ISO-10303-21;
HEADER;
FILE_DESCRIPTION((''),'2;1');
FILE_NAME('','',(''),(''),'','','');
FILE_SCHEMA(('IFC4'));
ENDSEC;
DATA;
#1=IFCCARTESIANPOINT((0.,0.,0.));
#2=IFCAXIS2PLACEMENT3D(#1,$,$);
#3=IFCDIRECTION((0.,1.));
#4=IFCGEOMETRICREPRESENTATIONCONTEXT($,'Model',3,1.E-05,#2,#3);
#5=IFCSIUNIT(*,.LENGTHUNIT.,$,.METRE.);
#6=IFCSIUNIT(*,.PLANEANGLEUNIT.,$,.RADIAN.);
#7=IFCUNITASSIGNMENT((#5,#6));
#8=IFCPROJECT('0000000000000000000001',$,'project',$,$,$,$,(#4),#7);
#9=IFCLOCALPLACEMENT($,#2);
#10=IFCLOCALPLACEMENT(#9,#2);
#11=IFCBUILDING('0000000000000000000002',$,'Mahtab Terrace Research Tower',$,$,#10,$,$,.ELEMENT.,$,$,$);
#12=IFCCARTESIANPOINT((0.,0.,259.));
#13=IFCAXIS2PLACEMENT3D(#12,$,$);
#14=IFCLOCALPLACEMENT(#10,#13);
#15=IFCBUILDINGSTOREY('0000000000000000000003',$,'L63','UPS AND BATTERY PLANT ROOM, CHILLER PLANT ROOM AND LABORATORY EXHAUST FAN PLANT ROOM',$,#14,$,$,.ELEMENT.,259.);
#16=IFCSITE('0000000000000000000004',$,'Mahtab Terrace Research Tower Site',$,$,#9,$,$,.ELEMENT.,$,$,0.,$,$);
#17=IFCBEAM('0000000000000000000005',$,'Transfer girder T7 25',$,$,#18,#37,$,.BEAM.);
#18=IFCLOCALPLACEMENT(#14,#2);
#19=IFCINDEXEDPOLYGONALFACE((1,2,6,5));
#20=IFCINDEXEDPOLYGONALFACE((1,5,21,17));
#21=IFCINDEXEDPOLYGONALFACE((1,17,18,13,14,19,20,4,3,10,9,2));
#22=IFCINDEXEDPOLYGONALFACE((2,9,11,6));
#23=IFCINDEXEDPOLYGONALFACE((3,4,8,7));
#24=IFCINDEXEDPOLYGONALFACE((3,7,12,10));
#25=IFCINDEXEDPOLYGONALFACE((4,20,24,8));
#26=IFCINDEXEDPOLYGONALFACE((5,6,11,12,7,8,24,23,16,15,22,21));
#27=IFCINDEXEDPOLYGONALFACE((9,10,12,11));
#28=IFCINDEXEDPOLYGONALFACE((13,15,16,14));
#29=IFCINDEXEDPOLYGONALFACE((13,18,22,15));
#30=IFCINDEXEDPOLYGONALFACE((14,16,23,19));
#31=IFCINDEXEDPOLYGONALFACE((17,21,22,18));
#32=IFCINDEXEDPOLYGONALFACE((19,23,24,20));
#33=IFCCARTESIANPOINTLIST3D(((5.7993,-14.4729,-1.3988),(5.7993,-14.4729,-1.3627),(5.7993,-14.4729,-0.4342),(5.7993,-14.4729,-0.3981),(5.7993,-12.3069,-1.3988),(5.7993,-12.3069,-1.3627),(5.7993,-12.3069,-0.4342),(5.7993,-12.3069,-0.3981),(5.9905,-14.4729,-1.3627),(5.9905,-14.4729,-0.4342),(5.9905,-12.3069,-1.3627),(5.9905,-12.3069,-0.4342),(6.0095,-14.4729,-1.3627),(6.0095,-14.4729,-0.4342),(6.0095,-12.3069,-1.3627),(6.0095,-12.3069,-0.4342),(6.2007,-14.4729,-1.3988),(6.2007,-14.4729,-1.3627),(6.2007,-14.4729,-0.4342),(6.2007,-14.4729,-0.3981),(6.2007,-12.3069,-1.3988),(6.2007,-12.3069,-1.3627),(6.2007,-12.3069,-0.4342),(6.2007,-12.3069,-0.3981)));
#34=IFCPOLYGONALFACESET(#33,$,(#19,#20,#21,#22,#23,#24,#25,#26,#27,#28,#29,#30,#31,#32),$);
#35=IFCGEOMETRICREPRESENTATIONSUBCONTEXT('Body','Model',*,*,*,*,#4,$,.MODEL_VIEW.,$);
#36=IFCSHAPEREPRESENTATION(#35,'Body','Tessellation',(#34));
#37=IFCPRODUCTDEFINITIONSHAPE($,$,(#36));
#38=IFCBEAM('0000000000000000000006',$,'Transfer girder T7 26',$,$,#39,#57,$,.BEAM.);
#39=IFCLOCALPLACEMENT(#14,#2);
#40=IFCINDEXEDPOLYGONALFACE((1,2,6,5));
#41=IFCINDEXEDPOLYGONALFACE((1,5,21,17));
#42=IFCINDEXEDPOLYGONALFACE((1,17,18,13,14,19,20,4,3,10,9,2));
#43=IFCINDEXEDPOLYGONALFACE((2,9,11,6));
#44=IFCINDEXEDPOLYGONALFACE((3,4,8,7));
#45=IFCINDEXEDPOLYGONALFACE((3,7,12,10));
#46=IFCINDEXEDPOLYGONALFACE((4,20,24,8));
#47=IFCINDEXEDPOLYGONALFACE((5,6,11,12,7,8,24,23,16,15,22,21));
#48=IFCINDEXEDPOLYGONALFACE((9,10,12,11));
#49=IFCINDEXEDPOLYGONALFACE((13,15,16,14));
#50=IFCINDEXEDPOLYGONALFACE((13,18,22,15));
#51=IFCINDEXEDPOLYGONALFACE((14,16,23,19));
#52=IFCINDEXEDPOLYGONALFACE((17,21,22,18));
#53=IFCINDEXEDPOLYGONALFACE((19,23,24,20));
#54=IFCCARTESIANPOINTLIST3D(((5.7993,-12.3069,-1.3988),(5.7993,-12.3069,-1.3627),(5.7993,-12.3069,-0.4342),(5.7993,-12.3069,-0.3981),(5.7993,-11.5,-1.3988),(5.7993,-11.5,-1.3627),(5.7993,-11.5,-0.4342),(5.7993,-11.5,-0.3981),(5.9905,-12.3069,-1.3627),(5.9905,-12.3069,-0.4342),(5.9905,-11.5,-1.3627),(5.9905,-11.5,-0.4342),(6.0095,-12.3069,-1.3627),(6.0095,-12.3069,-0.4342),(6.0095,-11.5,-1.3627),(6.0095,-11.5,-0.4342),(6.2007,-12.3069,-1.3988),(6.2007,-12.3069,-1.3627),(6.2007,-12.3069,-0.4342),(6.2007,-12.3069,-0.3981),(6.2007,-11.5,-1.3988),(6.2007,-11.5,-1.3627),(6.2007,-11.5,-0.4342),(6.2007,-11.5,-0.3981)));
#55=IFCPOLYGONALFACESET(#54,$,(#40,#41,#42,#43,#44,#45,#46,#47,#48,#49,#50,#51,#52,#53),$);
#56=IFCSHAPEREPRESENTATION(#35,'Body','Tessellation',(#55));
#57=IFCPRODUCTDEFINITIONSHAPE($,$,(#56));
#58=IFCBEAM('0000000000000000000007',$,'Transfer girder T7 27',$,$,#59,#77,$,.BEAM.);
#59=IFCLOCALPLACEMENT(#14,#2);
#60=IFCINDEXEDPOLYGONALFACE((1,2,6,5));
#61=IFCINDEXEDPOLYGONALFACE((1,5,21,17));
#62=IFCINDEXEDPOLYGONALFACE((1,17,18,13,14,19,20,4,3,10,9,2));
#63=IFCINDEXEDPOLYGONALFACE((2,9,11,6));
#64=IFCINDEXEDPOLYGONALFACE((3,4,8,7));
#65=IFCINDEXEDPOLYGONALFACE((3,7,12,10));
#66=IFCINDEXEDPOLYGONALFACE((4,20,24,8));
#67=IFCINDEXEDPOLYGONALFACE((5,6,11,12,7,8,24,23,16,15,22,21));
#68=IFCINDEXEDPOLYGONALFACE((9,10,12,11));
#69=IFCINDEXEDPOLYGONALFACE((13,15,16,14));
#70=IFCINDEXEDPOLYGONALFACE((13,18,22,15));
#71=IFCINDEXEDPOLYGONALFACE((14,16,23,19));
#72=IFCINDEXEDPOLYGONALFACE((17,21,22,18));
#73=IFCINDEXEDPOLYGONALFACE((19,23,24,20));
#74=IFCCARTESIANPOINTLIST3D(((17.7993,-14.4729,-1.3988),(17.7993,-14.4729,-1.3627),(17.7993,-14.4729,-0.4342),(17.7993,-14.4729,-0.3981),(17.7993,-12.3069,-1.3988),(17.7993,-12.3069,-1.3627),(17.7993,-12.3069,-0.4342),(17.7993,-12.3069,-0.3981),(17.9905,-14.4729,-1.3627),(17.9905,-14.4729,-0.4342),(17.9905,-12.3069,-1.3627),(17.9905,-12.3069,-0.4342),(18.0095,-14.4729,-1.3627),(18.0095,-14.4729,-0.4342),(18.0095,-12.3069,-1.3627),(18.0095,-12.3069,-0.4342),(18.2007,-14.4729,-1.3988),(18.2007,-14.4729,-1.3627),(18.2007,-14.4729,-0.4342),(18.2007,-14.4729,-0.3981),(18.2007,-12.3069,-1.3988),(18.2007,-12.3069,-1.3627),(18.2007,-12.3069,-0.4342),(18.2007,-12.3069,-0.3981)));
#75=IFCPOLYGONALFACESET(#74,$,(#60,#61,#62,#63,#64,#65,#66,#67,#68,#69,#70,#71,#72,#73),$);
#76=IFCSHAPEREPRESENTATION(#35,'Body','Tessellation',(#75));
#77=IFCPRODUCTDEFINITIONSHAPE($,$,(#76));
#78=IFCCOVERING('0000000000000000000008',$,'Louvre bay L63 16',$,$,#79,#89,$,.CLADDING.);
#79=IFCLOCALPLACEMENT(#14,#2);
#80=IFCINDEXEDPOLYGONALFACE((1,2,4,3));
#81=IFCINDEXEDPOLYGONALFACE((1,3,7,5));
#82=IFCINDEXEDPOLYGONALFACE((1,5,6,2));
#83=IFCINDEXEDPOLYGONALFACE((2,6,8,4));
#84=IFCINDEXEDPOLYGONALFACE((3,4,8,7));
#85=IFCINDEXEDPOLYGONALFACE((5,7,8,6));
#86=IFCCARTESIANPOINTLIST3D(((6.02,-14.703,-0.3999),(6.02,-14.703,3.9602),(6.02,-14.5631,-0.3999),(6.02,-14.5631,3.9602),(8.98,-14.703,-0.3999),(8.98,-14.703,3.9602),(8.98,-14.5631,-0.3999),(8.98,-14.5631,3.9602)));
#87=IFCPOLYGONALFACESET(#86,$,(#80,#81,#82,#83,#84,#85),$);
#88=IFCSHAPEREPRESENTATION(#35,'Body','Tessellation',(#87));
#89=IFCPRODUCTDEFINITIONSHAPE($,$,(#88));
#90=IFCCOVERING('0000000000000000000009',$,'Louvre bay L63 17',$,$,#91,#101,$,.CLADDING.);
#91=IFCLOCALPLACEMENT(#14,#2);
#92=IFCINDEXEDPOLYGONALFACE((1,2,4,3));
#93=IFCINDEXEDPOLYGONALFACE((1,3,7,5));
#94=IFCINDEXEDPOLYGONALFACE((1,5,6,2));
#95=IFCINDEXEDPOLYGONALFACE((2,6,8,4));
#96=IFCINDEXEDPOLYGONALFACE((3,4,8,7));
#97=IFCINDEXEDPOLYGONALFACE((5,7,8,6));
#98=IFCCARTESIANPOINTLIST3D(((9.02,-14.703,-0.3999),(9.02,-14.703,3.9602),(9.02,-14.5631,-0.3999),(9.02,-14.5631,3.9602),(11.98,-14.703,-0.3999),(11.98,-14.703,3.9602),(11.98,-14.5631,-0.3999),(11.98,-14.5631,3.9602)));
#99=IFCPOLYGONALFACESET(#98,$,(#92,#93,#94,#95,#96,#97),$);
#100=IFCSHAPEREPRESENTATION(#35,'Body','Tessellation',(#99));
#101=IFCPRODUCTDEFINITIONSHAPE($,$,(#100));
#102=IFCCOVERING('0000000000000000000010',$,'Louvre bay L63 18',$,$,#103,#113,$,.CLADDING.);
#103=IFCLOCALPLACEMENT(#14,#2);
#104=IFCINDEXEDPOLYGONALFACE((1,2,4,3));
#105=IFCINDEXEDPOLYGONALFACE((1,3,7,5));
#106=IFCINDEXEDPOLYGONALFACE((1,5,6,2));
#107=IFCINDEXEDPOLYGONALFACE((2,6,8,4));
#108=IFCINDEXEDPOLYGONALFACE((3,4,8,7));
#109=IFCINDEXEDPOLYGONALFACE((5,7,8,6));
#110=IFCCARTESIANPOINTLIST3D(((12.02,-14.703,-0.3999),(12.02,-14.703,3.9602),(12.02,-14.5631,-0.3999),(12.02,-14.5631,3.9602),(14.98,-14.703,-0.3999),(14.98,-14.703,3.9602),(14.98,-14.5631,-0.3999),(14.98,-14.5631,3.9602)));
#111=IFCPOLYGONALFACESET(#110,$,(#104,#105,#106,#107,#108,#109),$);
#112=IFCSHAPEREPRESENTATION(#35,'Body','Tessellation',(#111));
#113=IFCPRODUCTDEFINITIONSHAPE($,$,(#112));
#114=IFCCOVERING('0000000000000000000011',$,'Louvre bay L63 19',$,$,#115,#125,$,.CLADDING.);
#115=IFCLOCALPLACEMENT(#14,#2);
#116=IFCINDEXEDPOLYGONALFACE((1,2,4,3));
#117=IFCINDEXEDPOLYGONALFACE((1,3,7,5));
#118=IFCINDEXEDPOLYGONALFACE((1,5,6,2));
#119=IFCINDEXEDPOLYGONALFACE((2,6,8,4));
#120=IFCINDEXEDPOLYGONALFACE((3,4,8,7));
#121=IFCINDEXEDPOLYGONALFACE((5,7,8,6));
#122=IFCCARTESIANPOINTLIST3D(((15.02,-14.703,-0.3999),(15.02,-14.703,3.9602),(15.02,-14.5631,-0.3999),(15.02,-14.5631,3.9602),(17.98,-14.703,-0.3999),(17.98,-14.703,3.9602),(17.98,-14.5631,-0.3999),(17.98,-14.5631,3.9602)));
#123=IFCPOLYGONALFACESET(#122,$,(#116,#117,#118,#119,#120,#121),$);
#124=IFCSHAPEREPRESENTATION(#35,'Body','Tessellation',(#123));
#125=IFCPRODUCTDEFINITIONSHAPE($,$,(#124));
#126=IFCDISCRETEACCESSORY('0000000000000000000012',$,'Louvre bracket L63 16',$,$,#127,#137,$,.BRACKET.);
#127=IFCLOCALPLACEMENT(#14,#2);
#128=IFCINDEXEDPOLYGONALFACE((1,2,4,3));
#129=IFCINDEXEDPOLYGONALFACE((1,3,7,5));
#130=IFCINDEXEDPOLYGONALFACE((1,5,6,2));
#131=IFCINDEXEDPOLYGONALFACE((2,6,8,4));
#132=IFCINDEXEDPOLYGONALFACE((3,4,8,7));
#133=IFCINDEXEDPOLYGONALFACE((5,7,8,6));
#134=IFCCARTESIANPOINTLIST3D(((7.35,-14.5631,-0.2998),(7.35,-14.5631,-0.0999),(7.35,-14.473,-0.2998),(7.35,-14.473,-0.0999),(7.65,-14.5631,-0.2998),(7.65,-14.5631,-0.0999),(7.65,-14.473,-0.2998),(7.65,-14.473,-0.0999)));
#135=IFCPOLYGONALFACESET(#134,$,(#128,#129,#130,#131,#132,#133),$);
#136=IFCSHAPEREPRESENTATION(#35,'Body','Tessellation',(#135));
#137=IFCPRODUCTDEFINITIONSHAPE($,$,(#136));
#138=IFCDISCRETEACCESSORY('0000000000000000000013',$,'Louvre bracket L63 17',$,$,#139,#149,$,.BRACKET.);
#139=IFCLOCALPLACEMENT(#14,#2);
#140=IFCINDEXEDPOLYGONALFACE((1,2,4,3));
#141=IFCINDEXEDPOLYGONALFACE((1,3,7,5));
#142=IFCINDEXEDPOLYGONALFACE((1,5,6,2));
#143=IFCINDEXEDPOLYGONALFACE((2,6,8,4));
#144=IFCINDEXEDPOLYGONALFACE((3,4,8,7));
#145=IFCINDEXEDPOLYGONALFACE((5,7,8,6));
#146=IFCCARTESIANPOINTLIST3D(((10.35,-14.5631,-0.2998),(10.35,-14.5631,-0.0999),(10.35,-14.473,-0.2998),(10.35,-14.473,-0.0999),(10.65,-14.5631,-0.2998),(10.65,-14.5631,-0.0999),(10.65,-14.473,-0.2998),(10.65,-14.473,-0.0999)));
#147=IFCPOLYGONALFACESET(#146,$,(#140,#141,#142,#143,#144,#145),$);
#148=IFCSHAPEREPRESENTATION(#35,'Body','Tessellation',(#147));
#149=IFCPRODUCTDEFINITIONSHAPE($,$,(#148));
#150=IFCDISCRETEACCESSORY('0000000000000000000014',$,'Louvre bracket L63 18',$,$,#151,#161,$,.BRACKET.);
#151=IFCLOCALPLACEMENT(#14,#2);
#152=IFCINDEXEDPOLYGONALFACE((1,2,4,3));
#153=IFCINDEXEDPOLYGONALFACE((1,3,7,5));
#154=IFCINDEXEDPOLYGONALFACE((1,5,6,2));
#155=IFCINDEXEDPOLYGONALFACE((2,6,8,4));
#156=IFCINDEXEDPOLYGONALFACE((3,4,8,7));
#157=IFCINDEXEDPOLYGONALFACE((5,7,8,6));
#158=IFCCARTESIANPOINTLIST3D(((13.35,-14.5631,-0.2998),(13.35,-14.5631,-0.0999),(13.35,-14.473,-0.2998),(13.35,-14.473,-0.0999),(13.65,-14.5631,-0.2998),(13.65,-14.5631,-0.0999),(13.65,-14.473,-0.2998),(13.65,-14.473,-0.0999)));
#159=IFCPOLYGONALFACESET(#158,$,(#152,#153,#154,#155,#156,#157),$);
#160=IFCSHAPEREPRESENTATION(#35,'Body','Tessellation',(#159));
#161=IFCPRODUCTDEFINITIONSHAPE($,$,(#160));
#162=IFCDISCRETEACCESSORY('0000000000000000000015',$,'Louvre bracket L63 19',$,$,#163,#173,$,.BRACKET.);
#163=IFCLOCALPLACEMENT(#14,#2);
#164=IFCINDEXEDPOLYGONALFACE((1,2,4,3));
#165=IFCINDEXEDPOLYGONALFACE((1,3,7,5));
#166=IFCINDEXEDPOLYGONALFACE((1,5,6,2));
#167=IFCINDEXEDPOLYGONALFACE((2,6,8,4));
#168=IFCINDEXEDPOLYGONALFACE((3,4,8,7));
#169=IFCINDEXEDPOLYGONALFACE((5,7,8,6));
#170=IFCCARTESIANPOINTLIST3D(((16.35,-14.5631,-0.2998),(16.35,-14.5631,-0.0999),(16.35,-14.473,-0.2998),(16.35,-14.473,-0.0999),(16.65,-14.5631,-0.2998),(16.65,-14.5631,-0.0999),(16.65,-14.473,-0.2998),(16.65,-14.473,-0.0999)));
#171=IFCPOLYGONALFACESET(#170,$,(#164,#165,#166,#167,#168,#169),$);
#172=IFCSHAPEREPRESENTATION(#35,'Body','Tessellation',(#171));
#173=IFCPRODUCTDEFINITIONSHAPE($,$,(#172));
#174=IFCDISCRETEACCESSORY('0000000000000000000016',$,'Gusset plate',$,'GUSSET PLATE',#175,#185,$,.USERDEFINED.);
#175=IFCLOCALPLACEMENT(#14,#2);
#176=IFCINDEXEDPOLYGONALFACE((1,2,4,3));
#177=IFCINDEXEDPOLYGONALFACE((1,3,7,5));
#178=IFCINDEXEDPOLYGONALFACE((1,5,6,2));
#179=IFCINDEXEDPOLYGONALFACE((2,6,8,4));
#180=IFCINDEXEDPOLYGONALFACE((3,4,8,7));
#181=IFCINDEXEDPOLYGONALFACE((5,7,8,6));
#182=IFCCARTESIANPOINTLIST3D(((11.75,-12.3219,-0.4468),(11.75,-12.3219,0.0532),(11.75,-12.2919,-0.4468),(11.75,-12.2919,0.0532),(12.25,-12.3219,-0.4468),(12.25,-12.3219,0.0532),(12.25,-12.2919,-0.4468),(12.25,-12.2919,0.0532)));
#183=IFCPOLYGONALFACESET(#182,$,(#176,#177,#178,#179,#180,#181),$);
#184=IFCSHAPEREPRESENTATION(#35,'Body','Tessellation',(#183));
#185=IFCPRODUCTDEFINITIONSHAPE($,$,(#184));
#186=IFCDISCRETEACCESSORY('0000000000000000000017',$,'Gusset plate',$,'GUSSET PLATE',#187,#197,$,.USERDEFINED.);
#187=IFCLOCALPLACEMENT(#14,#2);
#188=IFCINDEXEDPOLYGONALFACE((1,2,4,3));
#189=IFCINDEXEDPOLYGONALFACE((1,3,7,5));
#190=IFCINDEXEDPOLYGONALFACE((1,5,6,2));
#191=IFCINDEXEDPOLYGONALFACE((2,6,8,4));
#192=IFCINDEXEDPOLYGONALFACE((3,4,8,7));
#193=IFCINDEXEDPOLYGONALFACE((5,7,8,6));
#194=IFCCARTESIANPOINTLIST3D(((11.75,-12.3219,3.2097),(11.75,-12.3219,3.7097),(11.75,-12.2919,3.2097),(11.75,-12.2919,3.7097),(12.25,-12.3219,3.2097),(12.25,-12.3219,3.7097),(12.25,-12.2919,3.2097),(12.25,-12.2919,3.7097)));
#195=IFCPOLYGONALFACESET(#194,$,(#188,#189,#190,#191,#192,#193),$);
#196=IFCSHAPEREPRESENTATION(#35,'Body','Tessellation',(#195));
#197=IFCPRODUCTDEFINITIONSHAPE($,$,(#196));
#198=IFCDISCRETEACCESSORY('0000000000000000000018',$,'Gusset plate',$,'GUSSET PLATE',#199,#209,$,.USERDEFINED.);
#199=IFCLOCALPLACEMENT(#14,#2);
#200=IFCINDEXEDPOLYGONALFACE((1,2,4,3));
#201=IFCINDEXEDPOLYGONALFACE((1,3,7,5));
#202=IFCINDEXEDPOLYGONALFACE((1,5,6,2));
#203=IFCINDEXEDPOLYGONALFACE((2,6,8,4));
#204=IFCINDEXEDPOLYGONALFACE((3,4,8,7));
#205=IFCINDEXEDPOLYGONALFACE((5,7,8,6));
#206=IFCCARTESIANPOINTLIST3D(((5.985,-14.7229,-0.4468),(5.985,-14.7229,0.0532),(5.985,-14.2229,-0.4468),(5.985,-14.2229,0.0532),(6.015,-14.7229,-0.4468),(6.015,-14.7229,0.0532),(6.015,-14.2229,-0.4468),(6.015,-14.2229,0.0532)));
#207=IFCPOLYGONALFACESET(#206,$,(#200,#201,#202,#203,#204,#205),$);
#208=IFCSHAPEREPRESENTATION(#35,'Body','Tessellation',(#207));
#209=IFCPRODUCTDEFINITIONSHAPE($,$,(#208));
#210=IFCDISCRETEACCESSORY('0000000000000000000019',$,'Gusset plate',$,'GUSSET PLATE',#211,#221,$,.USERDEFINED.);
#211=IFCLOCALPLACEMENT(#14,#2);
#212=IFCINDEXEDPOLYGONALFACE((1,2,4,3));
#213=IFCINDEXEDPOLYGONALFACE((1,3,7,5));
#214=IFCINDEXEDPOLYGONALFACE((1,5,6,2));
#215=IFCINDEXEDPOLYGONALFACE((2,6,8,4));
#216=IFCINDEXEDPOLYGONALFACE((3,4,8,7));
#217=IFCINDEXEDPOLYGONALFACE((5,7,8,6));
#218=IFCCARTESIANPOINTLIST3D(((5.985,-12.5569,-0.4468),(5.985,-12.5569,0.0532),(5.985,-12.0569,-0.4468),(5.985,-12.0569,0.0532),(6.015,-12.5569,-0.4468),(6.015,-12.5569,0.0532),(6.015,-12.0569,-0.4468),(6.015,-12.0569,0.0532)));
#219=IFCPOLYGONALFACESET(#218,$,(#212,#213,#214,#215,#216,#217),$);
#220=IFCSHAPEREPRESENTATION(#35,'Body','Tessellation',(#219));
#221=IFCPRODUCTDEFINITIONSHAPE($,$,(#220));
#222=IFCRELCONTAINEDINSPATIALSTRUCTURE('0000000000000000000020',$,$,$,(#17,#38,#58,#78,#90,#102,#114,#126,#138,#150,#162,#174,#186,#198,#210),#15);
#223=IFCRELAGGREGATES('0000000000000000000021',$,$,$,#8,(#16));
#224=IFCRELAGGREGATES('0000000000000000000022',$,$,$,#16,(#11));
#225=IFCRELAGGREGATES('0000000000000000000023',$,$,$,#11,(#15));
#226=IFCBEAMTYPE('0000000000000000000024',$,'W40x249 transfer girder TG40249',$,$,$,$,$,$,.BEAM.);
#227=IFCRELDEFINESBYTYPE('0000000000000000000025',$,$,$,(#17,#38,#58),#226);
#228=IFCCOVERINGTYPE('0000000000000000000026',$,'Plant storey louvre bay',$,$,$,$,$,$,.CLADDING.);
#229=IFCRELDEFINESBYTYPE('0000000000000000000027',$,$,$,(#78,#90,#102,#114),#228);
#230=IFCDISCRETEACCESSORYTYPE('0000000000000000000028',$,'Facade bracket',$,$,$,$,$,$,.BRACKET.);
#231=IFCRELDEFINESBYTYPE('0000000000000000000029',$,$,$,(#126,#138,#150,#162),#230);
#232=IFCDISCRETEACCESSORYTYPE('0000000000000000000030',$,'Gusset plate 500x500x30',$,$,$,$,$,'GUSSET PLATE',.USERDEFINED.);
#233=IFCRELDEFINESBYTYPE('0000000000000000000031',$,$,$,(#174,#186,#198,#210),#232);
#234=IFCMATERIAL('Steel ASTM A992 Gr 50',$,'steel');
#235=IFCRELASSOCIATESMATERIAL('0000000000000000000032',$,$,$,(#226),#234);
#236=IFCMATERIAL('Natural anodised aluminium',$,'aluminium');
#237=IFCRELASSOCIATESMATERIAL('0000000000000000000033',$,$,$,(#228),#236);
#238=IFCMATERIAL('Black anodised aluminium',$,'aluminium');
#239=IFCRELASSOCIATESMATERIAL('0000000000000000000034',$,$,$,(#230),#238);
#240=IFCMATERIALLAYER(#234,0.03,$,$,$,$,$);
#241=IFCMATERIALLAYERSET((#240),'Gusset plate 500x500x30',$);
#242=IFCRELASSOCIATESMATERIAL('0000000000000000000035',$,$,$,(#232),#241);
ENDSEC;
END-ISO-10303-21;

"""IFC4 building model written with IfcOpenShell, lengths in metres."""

from ifc_helpers import new_model, si_unit, direction, frame, origin, origin_2d, place, context, subcontext, project, spatial, rectangle, i_section, extrude, material, layer, layer_set, material_profile, profile_set, type_object, element, save


model = new_model("IFC4")

# Units and contexts
model_context = context("Model", 3, precision=1e-05, world=origin(), true_north=direction((0.0, 1.0)))
body_context = subcontext(model_context, "Body", "Model", "MODEL_VIEW")
ifc_project = project(units=[si_unit("LENGTHUNIT", "METRE"), si_unit("PLANEANGLEUNIT", "RADIAN")], contexts=[model_context])

# Site, building, storey
site_placement = place(None, origin())
site = spatial("IfcSite", under=ifc_project, at=site_placement, Name="Mahtab Terrace Research Tower Site", CompositionType="ELEMENT", RefElevation=0.0)
building_placement = place(site_placement, origin())
building = spatial("IfcBuilding", under=site, at=building_placement, Name="Mahtab Terrace Research Tower", CompositionType="ELEMENT")
storey_placement = place(building_placement, frame((0.0, 0.0, 259.0)))
storey = spatial("IfcBuildingStorey", under=building, at=storey_placement, Name="L63", Description="UPS AND BATTERY PLANT ROOM, CHILLER PLANT ROOM AND LABORATORY EXHAUST FAN PLANT ROOM", CompositionType="ELEMENT", Elevation=259.0)

# Shared definitions
ifc_material_1 = material(Name="Steel ASTM A992 Gr 50", Category="steel")

# Beams
ifc_material_profile_1 = material_profile(ifc_material_1, i_section(OverallWidth=0.4014, OverallDepth=1.0007, WebThickness=0.019, FlangeThickness=0.0361, at=origin_2d()), Name="W40X249")
ifc_profile_set_1 = profile_set([ifc_material_profile_1], Name="Steel ASTM A992 Gr 50")
beam_type = type_object("IfcBeamType", Name="W40x249 transfer girder TG40249", PredefinedType="BEAM", material=ifc_profile_set_1)
beam_1_placement = place(storey_placement, frame((6.0, -14.4729, -0.8984), z_axis=(0.0, 1.0, 0.0), x_axis=(-1.0, 0.0, 0.0)))
element("IfcBeam", 1, at=beam_1_placement, inside=storey, type_object=beam_type, Name="Transfer girder T7 25", PredefinedType="BEAM", context=body_context, shape_type="SweptSolid", body=[
    extrude(i_section(OverallWidth=0.4014, OverallDepth=1.0007, WebThickness=0.019, FlangeThickness=0.0361, at=origin_2d()), origin(), (0.0, 0.0, 1.0), 2.166),
])
beam_2_placement = place(storey_placement, frame((6.0, -12.3069, -0.8984), z_axis=(0.0, 1.0, 0.0), x_axis=(-1.0, 0.0, 0.0)))
element("IfcBeam", 2, at=beam_2_placement, inside=storey, type_object=beam_type, Name="Transfer girder T7 26", PredefinedType="BEAM", context=body_context, shape_type="SweptSolid", body=[
    extrude(i_section(OverallWidth=0.4014, OverallDepth=1.0007, WebThickness=0.019, FlangeThickness=0.0361, at=origin_2d()), origin(), (0.0, 0.0, 1.0), 0.8069),
])
beam_3_placement = place(storey_placement, frame((18.0, -14.4729, -0.8984), z_axis=(0.0, 1.0, 0.0), x_axis=(-1.0, 0.0, 0.0)))
element("IfcBeam", 3, at=beam_3_placement, inside=storey, type_object=beam_type, Name="Transfer girder T7 27", PredefinedType="BEAM", context=body_context, shape_type="SweptSolid", body=[
    extrude(i_section(OverallWidth=0.4014, OverallDepth=1.0007, WebThickness=0.019, FlangeThickness=0.0361, at=origin_2d()), origin(), (0.0, 0.0, 1.0), 2.166),
])

# Coverings
ifc_material_2 = material(Name="Natural anodised aluminium", Category="aluminium")
covering_type = type_object("IfcCoveringType", Name="Plant storey louvre bay", PredefinedType="CLADDING", material=ifc_material_2)
for number, where, z_axis, x_axis, name in (
    (4, (7.5, -14.6331, -0.3999), (0.0, 0.0, 1.0), (1.0, 0.0, 0.0), "Louvre bay L63 16"),
    (5, (10.5, -14.6331, -0.3999), (0.0, 0.0, 1.0), (1.0, 0.0, 0.0), "Louvre bay L63 17"),
    (6, (13.5, -14.6331, -0.3999), (0.0, 0.0, 1.0), (1.0, 0.0, 0.0), "Louvre bay L63 18"),
    (7, (16.5, -14.6331, -0.3999), (0.0, 0.0, 1.0), (1.0, 0.0, 0.0), "Louvre bay L63 19"),
):
    element("IfcCovering", number, at=place(storey_placement, frame(where, z_axis=z_axis, x_axis=x_axis)), inside=storey, type_object=covering_type, Name=name, PredefinedType="CLADDING", context=body_context, shape_type="SweptSolid", body=[
        extrude(rectangle(XDim=2.96, YDim=0.1399, at=origin_2d()), origin(), (0.0, 0.0, 1.0), 4.3601),
    ])

# Discrete accessories
ifc_material_3 = material(Name="Black anodised aluminium", Category="aluminium")
discrete_accessory_type_1 = type_object("IfcDiscreteAccessoryType", Name="Facade bracket", PredefinedType="BRACKET", material=ifc_material_3)
for number, where, z_axis, x_axis, name in (
    (8, (7.5, -14.5181, -0.2998), (0.0, 0.0, 1.0), (1.0, 0.0, 0.0), "Louvre bracket L63 16"),
    (9, (10.5, -14.5181, -0.2998), (0.0, 0.0, 1.0), (1.0, 0.0, 0.0), "Louvre bracket L63 17"),
    (10, (13.5, -14.5181, -0.2998), (0.0, 0.0, 1.0), (1.0, 0.0, 0.0), "Louvre bracket L63 18"),
    (11, (16.5, -14.5181, -0.2998), (0.0, 0.0, 1.0), (1.0, 0.0, 0.0), "Louvre bracket L63 19"),
):
    element("IfcDiscreteAccessory", number, at=place(storey_placement, frame(where, z_axis=z_axis, x_axis=x_axis)), inside=storey, type_object=discrete_accessory_type_1, Name=name, PredefinedType="BRACKET", context=body_context, shape_type="SweptSolid", body=[
        extrude(rectangle(XDim=0.3, YDim=0.0901, at=origin_2d()), origin(), (0.0, 0.0, 1.0), 0.2),
    ])
ifc_layer = layer(ifc_material_1, 0.03)
ifc_layer_set = layer_set([ifc_layer], Name="Gusset plate 500x500x30")
discrete_accessory_type_2 = type_object("IfcDiscreteAccessoryType", Name="Gusset plate 500x500x30", ElementType="GUSSET PLATE", PredefinedType="USERDEFINED", material=ifc_layer_set)
for number, where, z_axis, x_axis, name in (
    (12, (12.0, -12.3069, -0.4468), (0.0, 0.0, 1.0), (1.0, 0.0, 0.0), "Gusset plate"),
    (13, (12.0, -12.3069, 3.2097), (0.0, 0.0, 1.0), (1.0, 0.0, 0.0), "Gusset plate"),
    (14, (6.0, -14.4729, -0.4468), (0.0, 0.0, 1.0), (0.0, 1.0, 0.0), "Gusset plate"),
    (15, (6.0, -12.3069, -0.4468), (0.0, 0.0, 1.0), (0.0, 1.0, 0.0), "Gusset plate"),
):
    element("IfcDiscreteAccessory", number, at=place(storey_placement, frame(where, z_axis=z_axis, x_axis=x_axis)), inside=storey, type_object=discrete_accessory_type_2, Name=name, ObjectType="GUSSET PLATE", PredefinedType="USERDEFINED", context=body_context, shape_type="SweptSolid", body=[
        extrude(rectangle(XDim=0.5, YDim=0.03, at=origin_2d()), origin(), (0.0, 0.0, 1.0), 0.5),
    ])

save(model, "model.ifc")
